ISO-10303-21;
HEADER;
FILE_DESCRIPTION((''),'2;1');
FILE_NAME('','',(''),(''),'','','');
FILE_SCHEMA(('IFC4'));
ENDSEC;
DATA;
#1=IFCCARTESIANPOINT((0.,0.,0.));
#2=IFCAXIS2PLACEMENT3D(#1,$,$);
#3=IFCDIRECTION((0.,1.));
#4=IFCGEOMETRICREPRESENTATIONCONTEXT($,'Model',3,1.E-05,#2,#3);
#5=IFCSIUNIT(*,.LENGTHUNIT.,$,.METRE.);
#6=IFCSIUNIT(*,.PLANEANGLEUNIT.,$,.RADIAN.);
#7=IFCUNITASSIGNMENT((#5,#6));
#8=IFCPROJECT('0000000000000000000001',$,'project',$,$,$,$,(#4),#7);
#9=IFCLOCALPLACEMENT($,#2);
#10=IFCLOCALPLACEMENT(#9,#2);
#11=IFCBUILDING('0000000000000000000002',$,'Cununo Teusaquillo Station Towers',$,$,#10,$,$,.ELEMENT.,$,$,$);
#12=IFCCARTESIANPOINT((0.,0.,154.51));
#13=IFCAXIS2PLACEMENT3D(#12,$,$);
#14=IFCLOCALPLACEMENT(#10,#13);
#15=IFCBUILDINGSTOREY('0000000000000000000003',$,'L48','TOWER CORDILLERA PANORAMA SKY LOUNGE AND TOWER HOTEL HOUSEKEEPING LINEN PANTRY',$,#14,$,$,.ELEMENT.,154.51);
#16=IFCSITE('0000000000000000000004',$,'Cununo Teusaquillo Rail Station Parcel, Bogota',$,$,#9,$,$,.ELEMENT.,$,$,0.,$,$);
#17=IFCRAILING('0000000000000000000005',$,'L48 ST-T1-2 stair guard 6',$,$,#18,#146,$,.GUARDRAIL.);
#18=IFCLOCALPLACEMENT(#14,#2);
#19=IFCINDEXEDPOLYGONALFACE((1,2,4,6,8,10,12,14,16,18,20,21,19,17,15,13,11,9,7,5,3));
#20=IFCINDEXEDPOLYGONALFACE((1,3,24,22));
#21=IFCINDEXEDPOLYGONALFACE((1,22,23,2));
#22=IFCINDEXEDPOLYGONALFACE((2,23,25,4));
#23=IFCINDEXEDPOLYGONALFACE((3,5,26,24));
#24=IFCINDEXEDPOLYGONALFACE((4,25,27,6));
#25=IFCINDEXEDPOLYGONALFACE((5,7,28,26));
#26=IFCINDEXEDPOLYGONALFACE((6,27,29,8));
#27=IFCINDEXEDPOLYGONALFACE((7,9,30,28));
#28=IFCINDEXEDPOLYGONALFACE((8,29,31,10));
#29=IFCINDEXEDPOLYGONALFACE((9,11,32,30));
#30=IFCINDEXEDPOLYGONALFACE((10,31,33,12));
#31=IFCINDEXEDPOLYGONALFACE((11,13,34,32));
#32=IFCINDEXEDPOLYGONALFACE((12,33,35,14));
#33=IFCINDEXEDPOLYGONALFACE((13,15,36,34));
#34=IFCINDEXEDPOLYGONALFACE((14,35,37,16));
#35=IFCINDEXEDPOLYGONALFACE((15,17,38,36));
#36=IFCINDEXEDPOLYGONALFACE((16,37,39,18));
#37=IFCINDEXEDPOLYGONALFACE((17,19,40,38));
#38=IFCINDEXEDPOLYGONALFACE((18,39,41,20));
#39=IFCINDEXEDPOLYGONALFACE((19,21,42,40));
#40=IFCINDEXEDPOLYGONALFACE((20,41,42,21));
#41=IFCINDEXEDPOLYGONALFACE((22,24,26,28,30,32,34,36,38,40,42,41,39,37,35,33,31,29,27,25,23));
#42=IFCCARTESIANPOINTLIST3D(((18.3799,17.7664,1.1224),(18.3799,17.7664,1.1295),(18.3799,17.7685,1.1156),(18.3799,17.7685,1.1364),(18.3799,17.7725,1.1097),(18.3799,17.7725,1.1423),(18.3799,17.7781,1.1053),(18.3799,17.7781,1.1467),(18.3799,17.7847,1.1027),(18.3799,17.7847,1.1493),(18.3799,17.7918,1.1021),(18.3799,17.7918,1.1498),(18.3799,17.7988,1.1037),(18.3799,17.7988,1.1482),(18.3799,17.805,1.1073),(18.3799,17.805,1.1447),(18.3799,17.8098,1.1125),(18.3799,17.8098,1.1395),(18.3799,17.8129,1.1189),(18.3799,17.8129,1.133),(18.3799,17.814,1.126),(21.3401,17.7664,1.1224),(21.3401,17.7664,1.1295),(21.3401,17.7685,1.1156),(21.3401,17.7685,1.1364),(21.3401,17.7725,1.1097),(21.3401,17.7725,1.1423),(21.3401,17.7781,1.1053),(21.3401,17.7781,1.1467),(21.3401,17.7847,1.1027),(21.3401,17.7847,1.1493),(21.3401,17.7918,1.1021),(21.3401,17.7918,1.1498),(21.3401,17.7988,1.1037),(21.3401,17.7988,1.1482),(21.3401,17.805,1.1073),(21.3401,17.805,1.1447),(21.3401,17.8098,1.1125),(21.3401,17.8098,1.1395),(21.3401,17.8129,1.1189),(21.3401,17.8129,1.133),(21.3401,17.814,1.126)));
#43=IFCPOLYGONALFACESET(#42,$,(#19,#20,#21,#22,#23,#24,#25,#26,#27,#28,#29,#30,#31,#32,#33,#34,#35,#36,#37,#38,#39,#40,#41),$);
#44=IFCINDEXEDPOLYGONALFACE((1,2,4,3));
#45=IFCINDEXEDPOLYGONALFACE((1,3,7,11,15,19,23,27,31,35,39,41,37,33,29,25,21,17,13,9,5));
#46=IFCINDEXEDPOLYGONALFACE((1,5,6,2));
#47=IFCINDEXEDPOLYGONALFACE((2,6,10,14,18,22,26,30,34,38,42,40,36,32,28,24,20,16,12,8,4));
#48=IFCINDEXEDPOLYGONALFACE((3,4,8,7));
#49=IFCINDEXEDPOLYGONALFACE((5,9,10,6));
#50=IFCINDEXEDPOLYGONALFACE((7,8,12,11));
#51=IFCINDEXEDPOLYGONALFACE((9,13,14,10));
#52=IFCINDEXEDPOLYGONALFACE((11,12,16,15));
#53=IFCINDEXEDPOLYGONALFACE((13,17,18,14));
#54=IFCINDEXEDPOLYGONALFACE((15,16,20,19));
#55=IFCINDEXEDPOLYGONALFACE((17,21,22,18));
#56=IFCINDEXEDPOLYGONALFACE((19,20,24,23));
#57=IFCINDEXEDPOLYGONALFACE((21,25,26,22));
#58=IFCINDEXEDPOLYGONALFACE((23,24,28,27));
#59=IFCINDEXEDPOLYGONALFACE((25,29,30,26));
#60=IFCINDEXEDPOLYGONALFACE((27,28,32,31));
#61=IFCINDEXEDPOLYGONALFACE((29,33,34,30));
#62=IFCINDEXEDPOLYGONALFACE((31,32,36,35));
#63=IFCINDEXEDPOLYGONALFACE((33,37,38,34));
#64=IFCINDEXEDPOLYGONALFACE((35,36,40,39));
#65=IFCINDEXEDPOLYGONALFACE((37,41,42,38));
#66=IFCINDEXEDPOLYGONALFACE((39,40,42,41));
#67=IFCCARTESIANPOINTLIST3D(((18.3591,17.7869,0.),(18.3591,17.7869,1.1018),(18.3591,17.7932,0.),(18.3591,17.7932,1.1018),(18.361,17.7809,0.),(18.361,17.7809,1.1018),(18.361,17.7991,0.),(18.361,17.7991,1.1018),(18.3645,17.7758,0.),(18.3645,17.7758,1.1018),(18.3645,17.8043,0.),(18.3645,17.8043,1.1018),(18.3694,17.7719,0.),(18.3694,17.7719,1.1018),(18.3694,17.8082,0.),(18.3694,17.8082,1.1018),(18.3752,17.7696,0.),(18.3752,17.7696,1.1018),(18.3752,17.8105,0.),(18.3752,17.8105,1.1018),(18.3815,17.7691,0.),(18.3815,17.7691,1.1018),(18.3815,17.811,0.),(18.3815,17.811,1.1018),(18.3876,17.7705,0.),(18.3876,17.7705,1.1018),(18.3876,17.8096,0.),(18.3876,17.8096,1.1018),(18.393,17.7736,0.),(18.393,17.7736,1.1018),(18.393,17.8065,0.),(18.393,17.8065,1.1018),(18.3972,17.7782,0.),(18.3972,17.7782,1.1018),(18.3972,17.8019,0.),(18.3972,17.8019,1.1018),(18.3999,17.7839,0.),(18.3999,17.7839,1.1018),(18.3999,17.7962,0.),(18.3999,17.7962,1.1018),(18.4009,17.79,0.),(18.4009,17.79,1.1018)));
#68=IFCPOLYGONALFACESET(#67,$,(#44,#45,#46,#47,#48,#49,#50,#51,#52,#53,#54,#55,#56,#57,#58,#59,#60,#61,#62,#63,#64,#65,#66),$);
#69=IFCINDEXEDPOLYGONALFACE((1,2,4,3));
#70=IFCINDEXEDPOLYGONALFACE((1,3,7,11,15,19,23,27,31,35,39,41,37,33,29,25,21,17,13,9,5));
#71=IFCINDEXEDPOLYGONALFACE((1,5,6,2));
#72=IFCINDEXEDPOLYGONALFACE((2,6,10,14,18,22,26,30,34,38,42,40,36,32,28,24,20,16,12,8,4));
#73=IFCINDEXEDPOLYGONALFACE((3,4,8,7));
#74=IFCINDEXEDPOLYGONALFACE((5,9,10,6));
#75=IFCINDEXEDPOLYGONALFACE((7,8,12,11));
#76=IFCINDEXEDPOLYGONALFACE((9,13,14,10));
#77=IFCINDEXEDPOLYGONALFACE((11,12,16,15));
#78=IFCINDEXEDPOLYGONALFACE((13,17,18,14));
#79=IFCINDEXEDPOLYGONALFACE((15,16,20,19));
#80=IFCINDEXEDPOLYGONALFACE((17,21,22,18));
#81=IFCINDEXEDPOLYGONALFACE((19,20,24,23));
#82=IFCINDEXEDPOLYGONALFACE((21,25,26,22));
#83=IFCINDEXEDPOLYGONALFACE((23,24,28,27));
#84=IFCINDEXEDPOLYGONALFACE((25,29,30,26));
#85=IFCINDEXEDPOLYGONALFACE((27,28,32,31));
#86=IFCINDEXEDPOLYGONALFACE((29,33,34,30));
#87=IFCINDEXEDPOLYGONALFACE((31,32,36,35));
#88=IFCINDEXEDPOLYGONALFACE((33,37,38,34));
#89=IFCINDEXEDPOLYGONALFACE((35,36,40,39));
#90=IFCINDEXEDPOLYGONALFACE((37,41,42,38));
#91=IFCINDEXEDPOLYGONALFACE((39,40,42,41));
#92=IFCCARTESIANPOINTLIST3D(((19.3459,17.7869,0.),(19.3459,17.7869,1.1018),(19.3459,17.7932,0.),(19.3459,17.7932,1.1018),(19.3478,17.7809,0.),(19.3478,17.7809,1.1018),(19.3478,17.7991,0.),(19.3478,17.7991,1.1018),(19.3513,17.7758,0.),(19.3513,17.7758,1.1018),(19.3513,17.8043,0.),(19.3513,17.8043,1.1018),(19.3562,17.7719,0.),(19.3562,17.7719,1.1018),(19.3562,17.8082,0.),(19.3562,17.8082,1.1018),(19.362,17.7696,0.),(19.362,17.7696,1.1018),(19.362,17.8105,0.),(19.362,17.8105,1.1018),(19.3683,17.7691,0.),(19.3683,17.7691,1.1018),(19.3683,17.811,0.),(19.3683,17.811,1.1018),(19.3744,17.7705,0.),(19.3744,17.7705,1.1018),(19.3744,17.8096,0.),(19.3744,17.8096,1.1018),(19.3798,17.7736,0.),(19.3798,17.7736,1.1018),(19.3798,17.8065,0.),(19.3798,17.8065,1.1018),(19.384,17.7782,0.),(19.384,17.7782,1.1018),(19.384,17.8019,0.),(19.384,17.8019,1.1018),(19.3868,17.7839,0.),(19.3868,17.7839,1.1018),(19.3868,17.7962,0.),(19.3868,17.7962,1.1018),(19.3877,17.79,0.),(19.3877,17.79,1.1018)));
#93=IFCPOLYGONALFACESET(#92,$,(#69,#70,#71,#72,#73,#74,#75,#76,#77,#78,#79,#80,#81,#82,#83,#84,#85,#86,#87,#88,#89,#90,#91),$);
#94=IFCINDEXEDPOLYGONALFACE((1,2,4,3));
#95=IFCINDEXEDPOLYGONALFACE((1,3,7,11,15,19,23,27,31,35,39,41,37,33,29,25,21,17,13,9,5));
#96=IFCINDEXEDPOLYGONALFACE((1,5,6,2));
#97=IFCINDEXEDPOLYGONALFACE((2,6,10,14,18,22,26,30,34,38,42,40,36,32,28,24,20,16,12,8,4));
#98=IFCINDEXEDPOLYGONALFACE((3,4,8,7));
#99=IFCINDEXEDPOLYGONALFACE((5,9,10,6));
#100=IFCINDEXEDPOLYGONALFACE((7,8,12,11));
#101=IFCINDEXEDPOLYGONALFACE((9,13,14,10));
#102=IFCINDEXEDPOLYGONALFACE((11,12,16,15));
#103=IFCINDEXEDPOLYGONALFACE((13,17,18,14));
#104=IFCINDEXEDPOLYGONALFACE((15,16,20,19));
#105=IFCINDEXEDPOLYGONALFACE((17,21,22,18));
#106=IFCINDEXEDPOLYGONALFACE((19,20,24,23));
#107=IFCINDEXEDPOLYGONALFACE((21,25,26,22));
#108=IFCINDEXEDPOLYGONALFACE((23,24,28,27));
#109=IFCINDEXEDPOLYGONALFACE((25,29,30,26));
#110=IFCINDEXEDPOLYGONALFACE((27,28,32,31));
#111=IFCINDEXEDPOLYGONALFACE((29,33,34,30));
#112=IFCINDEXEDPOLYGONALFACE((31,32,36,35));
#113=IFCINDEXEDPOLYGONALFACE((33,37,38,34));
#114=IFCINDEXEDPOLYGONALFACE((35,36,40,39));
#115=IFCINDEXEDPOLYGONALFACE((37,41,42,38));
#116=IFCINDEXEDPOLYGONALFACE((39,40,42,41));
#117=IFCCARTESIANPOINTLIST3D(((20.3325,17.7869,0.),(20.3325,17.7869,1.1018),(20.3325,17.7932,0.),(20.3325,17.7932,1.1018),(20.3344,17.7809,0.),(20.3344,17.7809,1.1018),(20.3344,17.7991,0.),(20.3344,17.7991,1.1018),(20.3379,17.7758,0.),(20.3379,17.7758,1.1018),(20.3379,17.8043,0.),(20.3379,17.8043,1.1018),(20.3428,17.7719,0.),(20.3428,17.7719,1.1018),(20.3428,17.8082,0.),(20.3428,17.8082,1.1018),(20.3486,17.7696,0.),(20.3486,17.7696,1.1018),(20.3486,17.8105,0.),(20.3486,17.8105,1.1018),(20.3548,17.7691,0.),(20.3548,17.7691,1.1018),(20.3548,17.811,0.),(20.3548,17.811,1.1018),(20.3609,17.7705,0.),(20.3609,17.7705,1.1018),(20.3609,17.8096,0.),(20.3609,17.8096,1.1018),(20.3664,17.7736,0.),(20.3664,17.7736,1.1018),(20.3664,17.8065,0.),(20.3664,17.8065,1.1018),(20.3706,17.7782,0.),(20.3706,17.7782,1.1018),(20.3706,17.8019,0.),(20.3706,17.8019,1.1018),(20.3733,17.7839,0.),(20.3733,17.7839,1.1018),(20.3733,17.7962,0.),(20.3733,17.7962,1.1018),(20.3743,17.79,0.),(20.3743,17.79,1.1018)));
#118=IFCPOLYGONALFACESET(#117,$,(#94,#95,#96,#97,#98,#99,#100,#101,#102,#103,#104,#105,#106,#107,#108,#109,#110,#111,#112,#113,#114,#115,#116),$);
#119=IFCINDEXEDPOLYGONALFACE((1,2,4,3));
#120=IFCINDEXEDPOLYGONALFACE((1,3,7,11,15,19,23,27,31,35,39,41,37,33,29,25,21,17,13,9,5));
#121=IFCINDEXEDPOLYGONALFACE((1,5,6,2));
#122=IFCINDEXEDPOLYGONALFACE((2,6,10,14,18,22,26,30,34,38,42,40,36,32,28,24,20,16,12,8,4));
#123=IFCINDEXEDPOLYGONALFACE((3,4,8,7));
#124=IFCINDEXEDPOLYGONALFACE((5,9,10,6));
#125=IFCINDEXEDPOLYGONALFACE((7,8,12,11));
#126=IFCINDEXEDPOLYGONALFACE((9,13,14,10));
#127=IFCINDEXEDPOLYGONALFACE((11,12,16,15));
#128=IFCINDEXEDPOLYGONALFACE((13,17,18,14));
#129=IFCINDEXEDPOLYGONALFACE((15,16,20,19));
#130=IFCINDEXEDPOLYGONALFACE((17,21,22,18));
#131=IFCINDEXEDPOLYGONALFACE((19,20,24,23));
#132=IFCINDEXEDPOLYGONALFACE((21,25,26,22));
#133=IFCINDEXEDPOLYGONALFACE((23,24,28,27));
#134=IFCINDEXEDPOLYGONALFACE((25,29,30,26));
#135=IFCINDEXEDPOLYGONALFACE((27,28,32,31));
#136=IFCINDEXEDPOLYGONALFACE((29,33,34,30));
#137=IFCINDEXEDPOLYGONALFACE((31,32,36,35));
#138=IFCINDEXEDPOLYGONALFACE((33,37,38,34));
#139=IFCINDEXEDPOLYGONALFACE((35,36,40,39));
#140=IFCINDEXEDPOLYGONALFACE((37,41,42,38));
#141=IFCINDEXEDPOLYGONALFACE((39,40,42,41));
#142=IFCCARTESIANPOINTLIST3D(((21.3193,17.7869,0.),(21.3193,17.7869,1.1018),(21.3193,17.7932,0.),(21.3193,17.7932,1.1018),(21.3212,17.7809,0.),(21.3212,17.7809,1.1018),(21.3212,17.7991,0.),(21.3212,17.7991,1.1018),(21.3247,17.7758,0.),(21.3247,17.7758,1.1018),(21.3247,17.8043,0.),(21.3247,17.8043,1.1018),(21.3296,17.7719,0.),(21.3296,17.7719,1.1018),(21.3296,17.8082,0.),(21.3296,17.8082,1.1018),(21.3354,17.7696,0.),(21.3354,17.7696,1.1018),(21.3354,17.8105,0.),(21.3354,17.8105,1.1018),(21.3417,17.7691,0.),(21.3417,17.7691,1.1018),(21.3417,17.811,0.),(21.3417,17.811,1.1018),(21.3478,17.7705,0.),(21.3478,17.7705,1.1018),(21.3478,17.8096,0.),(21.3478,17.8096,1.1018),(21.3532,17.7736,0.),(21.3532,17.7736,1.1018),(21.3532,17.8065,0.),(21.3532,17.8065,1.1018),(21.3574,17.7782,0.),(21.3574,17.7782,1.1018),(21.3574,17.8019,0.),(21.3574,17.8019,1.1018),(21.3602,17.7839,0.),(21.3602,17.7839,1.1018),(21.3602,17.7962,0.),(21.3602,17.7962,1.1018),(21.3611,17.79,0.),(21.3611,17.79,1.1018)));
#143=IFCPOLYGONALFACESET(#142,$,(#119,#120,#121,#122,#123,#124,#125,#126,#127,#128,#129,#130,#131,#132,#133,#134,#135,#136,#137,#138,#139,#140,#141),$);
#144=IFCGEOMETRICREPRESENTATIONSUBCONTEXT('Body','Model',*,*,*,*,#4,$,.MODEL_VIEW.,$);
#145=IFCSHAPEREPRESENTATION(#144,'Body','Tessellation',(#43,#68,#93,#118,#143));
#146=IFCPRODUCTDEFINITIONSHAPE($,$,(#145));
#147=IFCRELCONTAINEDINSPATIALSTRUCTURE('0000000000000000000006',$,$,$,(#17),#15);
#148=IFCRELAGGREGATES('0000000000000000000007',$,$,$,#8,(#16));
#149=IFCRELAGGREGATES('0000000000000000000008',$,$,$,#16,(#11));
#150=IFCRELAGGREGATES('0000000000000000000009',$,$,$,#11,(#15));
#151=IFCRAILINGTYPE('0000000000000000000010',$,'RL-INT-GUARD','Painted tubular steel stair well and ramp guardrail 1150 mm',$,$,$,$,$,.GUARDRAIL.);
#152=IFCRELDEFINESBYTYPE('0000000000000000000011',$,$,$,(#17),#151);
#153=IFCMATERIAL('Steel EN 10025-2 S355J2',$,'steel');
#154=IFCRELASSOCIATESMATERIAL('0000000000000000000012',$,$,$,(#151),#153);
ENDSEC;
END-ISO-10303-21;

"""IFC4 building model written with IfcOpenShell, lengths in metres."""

from ifc_helpers import new_model, si_unit, direction, frame, origin, origin_2d, place, context, subcontext, project, spatial, circle, extrude, material, type_object, element, save


model = new_model("IFC4")

# Units and contexts
model_context = context("Model", 3, precision=1e-05, world=origin(), true_north=direction((0.0, 1.0)))
body_context = subcontext(model_context, "Body", "Model", "MODEL_VIEW")
ifc_project = project(units=[si_unit("LENGTHUNIT", "METRE"), si_unit("PLANEANGLEUNIT", "RADIAN")], contexts=[model_context])

# Site, building, storey
site_placement = place(None, origin())
site = spatial("IfcSite", under=ifc_project, at=site_placement, Name="Cununo Teusaquillo Rail Station Parcel, Bogota", CompositionType="ELEMENT", RefElevation=0.0)
building_placement = place(site_placement, origin())
building = spatial("IfcBuilding", under=site, at=building_placement, Name="Cununo Teusaquillo Station Towers", CompositionType="ELEMENT")
storey_placement = place(building_placement, frame((0.0, 0.0, 154.51)))
storey = spatial("IfcBuildingStorey", under=building, at=storey_placement, Name="L48", Description="TOWER CORDILLERA PANORAMA SKY LOUNGE AND TOWER HOTEL HOUSEKEEPING LINEN PANTRY", CompositionType="ELEMENT", Elevation=154.51)

# Railing
ifc_material_1 = material(Name="Steel EN 10025-2 S355J2", Category="steel")
railing_type_1 = type_object("IfcRailingType", Name="RL-INT-GUARD", Description="Painted tubular steel stair well and ramp guardrail 1150 mm", PredefinedType="GUARDRAIL", material=ifc_material_1)
railing_1_placement = place(storey_placement, frame((18.3799, 17.79, 0.0)))
element("IfcRailing", 1, at=railing_1_placement, inside=storey, type_object=railing_type_1, Name="L48 ST-T1-2 stair guard 6", PredefinedType="GUARDRAIL", context=body_context, shape_type="SweptSolid", body=[
    extrude(circle(Radius=0.0239, at=origin_2d()), frame((0.0, 0.0, 1.126), z_axis=(1.0, 0.0, 0.0), x_axis=(0.0, 1.0, 0.0)), (0.0, 0.0, 1.0), 2.9602),
    extrude(circle(Radius=0.021, at=origin_2d()), origin(), (0.0, 0.0, 1.0), 1.1018),
    extrude(circle(Radius=0.021, at=origin_2d()), frame((0.9868, 0.0, 0.0)), (0.0, 0.0, 1.0), 1.1018),
    extrude(circle(Radius=0.021, at=origin_2d()), frame((1.9734, 0.0, 0.0)), (0.0, 0.0, 1.0), 1.1018),
    extrude(circle(Radius=0.021, at=origin_2d()), frame((2.9602, 0.0, 0.0)), (0.0, 0.0, 1.0), 1.1018),
])

save(model, "model.ifc")
